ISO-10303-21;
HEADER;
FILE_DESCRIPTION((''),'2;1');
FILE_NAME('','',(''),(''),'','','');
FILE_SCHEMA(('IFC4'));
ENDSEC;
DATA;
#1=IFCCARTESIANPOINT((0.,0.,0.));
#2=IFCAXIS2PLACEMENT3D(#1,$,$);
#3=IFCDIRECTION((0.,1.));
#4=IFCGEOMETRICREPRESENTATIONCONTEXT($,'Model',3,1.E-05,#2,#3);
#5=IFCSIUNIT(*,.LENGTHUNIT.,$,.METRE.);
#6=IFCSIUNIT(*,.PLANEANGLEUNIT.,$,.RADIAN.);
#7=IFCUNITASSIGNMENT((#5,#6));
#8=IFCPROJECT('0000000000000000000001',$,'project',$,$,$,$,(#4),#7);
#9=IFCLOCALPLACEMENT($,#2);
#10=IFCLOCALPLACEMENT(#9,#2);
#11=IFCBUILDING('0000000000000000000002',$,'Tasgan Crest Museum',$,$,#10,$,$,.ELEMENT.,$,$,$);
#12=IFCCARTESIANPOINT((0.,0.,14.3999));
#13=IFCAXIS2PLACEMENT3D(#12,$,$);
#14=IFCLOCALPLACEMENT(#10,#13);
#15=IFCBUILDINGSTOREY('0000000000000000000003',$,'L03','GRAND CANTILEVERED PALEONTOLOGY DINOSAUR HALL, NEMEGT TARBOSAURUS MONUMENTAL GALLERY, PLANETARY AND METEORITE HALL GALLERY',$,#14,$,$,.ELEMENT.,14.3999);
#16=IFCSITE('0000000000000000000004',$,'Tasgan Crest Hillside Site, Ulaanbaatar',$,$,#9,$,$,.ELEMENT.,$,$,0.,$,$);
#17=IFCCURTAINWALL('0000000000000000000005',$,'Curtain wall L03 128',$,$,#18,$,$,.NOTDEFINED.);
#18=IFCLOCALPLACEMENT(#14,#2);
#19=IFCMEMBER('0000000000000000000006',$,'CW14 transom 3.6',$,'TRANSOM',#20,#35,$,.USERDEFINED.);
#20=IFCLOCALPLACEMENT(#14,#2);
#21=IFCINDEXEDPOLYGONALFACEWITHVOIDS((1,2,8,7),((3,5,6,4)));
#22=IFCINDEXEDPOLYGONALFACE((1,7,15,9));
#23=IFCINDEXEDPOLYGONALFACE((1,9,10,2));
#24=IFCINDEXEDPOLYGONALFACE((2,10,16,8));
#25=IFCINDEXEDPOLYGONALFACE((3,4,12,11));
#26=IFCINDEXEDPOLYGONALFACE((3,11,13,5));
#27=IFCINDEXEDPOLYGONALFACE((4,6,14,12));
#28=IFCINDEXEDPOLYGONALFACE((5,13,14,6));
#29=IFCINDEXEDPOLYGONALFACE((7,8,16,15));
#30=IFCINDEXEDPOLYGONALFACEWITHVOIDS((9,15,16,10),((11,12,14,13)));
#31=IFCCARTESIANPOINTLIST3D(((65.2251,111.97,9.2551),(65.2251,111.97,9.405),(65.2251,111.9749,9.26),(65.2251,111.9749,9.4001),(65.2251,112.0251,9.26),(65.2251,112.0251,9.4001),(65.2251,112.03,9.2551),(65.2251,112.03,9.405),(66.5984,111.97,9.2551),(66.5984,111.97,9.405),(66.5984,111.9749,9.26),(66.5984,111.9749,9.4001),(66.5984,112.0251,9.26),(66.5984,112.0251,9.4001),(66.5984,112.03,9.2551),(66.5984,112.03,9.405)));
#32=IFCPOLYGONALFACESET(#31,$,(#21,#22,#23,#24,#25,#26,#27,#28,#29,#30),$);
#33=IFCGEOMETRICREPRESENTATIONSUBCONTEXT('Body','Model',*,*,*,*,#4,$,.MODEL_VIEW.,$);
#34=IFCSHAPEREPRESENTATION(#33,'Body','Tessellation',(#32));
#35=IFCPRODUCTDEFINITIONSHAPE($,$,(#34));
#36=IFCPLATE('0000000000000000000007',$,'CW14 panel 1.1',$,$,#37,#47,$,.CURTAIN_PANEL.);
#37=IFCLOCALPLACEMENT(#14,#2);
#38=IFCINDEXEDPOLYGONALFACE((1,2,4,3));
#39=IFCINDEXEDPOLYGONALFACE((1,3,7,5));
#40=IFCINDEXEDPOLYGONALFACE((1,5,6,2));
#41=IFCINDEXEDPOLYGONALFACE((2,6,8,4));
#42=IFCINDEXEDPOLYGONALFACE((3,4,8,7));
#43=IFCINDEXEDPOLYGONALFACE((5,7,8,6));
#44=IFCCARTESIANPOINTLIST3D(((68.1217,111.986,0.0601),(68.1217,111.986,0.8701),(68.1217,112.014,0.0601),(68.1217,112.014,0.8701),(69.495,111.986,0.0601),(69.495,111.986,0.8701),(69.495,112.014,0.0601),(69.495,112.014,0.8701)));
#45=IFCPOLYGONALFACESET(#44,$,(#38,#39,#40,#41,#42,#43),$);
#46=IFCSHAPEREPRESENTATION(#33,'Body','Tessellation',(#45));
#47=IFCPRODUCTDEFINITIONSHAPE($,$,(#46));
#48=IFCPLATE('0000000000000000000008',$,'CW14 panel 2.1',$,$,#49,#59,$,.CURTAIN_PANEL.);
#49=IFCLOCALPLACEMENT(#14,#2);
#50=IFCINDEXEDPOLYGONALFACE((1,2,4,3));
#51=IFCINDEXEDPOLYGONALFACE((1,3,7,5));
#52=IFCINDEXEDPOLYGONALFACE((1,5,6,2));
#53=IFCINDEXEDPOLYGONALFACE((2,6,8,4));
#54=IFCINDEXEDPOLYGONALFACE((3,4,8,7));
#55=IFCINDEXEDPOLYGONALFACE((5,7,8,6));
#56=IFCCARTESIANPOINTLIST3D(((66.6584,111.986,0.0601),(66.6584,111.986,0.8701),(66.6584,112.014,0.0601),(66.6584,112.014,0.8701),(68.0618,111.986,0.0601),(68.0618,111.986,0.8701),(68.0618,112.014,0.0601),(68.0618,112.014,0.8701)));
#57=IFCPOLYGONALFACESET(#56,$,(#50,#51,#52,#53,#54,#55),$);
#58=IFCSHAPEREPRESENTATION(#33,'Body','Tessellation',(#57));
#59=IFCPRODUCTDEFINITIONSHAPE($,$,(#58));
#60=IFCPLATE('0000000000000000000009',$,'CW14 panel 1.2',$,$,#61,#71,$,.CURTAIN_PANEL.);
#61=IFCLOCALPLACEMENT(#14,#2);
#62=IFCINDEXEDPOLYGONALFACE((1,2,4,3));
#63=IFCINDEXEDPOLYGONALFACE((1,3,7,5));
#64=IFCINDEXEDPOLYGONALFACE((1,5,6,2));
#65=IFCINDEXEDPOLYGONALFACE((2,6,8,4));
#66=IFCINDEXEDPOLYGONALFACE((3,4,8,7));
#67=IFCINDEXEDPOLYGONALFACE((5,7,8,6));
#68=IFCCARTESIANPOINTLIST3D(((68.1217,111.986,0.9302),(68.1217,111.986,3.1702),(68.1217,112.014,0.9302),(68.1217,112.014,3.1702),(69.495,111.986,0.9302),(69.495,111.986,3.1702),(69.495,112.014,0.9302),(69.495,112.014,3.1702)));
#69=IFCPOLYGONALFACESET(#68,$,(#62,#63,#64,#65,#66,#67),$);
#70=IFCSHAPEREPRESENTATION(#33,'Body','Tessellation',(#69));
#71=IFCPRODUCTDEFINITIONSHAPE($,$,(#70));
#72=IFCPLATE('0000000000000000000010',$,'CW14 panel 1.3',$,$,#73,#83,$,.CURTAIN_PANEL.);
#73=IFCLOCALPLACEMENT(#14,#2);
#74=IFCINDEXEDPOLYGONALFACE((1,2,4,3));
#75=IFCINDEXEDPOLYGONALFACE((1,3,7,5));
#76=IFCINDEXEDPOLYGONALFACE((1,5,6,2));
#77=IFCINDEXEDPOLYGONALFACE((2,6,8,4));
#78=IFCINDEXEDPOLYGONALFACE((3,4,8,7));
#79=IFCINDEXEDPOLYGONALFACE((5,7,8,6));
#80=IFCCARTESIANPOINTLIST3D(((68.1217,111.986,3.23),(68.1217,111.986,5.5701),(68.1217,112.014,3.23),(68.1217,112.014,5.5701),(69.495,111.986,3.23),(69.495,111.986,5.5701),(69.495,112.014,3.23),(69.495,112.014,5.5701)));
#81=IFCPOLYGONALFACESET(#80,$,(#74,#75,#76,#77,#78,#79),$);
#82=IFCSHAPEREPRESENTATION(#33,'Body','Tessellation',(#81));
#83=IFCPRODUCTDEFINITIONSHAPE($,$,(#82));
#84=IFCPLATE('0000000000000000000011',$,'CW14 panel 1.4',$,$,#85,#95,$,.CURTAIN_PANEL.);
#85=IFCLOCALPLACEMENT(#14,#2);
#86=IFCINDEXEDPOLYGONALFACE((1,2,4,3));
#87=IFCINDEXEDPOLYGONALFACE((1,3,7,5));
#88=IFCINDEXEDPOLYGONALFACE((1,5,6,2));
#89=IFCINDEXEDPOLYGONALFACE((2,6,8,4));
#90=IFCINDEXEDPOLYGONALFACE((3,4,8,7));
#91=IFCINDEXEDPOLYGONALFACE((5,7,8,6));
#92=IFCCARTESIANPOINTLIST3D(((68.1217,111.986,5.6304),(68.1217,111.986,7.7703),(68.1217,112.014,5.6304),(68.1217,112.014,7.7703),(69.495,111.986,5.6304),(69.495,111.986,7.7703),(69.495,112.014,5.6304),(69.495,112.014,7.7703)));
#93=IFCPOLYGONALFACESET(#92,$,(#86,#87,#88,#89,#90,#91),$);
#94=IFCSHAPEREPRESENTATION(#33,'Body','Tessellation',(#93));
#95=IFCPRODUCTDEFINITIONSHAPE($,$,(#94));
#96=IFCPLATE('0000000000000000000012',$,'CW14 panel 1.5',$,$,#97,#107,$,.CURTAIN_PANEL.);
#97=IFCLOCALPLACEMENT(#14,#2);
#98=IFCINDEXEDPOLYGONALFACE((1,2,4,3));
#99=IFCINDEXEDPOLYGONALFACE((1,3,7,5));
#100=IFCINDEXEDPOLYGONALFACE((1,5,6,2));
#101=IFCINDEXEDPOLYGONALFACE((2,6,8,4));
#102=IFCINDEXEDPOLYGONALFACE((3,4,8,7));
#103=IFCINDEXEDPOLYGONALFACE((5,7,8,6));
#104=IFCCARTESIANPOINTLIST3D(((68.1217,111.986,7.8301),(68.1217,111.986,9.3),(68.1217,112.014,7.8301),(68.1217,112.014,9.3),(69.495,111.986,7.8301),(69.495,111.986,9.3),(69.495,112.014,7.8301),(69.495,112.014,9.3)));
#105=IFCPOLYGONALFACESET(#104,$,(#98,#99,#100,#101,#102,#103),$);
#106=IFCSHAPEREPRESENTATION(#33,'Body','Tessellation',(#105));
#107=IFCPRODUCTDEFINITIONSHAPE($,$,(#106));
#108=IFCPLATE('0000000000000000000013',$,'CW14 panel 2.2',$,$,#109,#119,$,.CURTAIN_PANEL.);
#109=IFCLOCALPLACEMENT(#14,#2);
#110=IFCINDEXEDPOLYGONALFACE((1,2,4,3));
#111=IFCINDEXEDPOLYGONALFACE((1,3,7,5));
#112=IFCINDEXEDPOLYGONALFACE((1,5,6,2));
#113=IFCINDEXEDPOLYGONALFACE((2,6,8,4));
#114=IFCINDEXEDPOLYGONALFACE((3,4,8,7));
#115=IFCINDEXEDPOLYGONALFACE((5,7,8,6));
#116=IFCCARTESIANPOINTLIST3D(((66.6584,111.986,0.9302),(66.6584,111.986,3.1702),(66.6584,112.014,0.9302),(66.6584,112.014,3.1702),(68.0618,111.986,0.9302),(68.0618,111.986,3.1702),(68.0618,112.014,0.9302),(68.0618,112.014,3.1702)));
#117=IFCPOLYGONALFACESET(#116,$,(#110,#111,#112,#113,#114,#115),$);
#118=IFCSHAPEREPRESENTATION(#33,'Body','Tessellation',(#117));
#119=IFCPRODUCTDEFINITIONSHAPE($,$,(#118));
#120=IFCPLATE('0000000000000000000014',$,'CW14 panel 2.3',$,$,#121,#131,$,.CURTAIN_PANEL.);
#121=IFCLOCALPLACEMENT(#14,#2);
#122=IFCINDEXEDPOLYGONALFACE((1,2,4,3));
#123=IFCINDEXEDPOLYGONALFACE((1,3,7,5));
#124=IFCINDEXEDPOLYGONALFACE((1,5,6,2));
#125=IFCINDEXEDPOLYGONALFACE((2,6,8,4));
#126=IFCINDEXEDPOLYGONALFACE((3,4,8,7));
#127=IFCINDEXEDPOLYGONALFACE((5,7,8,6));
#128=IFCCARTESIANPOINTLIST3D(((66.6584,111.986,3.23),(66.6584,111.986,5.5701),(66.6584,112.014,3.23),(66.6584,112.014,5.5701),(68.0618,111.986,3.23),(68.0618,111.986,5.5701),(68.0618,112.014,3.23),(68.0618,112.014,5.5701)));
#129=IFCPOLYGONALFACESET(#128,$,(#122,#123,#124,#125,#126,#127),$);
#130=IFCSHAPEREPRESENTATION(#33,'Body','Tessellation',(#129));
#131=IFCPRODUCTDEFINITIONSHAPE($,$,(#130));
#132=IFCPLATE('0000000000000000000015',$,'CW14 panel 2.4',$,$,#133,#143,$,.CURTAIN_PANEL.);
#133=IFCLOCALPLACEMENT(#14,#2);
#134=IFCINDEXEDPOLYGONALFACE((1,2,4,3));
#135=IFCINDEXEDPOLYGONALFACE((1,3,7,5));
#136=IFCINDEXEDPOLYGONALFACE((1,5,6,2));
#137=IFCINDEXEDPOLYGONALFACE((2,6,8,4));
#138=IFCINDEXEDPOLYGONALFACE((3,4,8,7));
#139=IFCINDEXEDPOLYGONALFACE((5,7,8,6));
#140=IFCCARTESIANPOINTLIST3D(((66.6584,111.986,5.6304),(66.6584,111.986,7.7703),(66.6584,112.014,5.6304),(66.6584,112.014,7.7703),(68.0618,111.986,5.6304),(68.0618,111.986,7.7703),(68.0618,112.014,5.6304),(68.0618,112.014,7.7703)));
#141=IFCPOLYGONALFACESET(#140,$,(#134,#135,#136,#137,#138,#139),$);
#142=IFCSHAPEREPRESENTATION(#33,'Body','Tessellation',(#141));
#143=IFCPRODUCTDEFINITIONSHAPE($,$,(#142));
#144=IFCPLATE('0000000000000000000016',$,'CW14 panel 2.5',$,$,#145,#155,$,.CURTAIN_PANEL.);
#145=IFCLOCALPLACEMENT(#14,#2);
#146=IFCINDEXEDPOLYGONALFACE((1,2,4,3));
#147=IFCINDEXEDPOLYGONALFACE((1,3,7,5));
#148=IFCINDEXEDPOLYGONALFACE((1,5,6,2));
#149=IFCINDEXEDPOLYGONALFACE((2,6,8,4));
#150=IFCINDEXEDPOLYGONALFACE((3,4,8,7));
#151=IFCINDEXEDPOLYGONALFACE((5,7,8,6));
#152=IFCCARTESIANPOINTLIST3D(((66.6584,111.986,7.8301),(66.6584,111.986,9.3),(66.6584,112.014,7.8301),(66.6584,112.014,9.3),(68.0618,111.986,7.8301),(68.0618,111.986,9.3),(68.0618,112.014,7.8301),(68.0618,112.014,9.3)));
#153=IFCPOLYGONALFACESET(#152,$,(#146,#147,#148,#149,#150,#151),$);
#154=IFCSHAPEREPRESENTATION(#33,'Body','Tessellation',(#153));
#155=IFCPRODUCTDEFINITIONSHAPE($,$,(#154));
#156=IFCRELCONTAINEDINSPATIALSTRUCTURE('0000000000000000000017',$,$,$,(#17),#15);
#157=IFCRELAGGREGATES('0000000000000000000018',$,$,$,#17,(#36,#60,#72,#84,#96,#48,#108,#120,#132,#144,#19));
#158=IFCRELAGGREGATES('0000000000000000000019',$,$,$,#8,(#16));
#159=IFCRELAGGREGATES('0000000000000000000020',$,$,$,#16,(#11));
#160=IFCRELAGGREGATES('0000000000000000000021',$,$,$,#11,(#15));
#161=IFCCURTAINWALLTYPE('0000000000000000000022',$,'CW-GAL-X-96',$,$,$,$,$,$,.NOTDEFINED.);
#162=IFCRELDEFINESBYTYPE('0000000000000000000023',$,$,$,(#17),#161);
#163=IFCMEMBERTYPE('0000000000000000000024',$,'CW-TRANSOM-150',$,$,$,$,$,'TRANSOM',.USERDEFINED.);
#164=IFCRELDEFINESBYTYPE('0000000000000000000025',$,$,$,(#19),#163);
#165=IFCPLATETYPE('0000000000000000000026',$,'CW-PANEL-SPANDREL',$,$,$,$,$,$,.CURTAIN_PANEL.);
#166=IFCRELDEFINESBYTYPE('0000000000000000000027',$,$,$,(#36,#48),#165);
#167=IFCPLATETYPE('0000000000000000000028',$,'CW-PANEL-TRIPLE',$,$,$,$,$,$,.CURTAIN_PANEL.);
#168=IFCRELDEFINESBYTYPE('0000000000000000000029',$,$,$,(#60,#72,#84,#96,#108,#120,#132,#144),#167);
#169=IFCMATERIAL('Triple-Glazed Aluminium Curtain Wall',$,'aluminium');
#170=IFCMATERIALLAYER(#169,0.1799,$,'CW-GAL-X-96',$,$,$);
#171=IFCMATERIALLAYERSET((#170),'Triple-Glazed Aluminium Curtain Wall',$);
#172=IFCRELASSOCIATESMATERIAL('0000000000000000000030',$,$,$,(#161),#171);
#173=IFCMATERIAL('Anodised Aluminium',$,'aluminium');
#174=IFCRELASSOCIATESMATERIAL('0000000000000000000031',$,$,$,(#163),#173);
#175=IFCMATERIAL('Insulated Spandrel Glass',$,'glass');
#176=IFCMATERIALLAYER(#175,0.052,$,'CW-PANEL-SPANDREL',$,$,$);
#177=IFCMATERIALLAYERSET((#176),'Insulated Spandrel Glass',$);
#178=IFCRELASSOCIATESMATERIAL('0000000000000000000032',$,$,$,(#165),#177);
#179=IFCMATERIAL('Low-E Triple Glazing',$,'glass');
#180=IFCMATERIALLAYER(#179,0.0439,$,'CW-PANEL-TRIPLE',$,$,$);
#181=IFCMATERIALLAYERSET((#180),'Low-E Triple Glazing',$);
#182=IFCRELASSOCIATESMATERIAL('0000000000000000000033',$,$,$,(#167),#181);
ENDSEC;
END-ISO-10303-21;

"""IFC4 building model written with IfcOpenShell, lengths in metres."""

from ifc_helpers import new_model, si_unit, direction, frame, origin, origin_2d, place, context, subcontext, project, spatial, rectangle, hollow_rectangle, extrude, material, layer, layer_set, material_profile, profile_set, type_object, element, aggregate, save


model = new_model("IFC4")

# Units and contexts
model_context = context("Model", 3, precision=1e-05, world=origin(), true_north=direction((0.0, 1.0)))
body_context = subcontext(model_context, "Body", "Model", "MODEL_VIEW")
ifc_project = project(units=[si_unit("LENGTHUNIT", "METRE"), si_unit("PLANEANGLEUNIT", "RADIAN")], contexts=[model_context])

# Site, building, storey
site_placement = place(None, origin())
site = spatial("IfcSite", under=ifc_project, at=site_placement, Name="Tasgan Crest Hillside Site, Ulaanbaatar", CompositionType="ELEMENT", RefElevation=0.0)
building_placement = place(site_placement, origin())
building = spatial("IfcBuilding", under=site, at=building_placement, Name="Tasgan Crest Museum", CompositionType="ELEMENT")
storey_placement = place(building_placement, frame((0.0, 0.0, 14.3999)))
storey = spatial("IfcBuildingStorey", under=building, at=storey_placement, Name="L03", Description="GRAND CANTILEVERED PALEONTOLOGY DINOSAUR HALL, NEMEGT TARBOSAURUS MONUMENTAL GALLERY, PLANETARY AND METEORITE HALL GALLERY", CompositionType="ELEMENT", Elevation=14.3999)

# Curtain wall, member, plates
ifc_material_1 = material(Name="Triple-Glazed Aluminium Curtain Wall", Category="aluminium")
ifc_layer_1 = layer(ifc_material_1, 0.1799, Name="CW-GAL-X-96")
ifc_layer_set_1 = layer_set([ifc_layer_1], Name="Triple-Glazed Aluminium Curtain Wall")
curtain_wall_type = type_object("IfcCurtainWallType", Name="CW-GAL-X-96", PredefinedType="NOTDEFINED", material=ifc_layer_set_1)
curtain_wall_placement = place(storey_placement, origin())
curtain_wall = element("IfcCurtainWall", 1, at=curtain_wall_placement, inside=storey, type_object=curtain_wall_type, Name="Curtain wall L03 128", PredefinedType="NOTDEFINED")
ifc_material_2 = material(Name="Anodised Aluminium", Category="aluminium")
ifc_material_profile_1 = material_profile(ifc_material_2, hollow_rectangle(XDim=0.0601, YDim=0.1499, WallThickness=0.0049, at=origin_2d()), Name="ALU TRANSOM 150x60x5")
ifc_profile_set_1 = profile_set([ifc_material_profile_1], Name="Anodised Aluminium")
member_type_1 = type_object("IfcMemberType", Name="CW-TRANSOM-150", ElementType="TRANSOM", PredefinedType="USERDEFINED", material=ifc_profile_set_1)
member_1_placement = place(storey_placement, frame((66.5984, 112.0, 9.3301), z_axis=(-1.0, 0.0, 0.0), x_axis=(0.0, -1.0, 0.0)))
member_1 = element("IfcMember", 2, at=member_1_placement, type_object=member_type_1, Name="CW14 transom 3.6", ObjectType="TRANSOM", PredefinedType="USERDEFINED", context=body_context, shape_type="SweptSolid", body=[
    extrude(hollow_rectangle(XDim=0.0601, YDim=0.1499, WallThickness=0.0049, at=origin_2d()), origin(), (0.0, 0.0, 1.0), 1.3733),
])
ifc_material_3 = material(Name="Insulated Spandrel Glass", Category="glass")
ifc_layer_2 = layer(ifc_material_3, 0.052, Name="CW-PANEL-SPANDREL")
ifc_layer_set_2 = layer_set([ifc_layer_2], Name="Insulated Spandrel Glass")
plate_type_1 = type_object("IfcPlateType", Name="CW-PANEL-SPANDREL", PredefinedType="CURTAIN_PANEL", material=ifc_layer_set_2)
plate_1_placement = place(storey_placement, frame((68.8083, 112.0, 0.0601), z_axis=(0.0, 0.0, 1.0), x_axis=(-1.0, 0.0, 0.0)))
plate_1 = element("IfcPlate", 3, at=plate_1_placement, type_object=plate_type_1, Name="CW14 panel 1.1", PredefinedType="CURTAIN_PANEL", context=body_context, shape_type="SweptSolid", body=[
    extrude(rectangle(XDim=1.3733, YDim=0.0281, at=origin_2d()), origin(), (0.0, 0.0, 1.0), 0.8101),
])
plate_2_placement = place(storey_placement, frame((67.3601, 112.0, 0.0601), z_axis=(0.0, 0.0, 1.0), x_axis=(-1.0, 0.0, 0.0)))
plate_2 = element("IfcPlate", 4, at=plate_2_placement, type_object=plate_type_1, Name="CW14 panel 2.1", PredefinedType="CURTAIN_PANEL", context=body_context, shape_type="SweptSolid", body=[
    extrude(rectangle(XDim=1.4033, YDim=0.0281, at=origin_2d()), origin(), (0.0, 0.0, 1.0), 0.8101),
])
ifc_material_4 = material(Name="Low-E Triple Glazing", Category="glass")
ifc_layer_3 = layer(ifc_material_4, 0.0439, Name="CW-PANEL-TRIPLE")
ifc_layer_set_3 = layer_set([ifc_layer_3], Name="Low-E Triple Glazing")
plate_type_2 = type_object("IfcPlateType", Name="CW-PANEL-TRIPLE", PredefinedType="CURTAIN_PANEL", material=ifc_layer_set_3)
plate_3_placement = place(storey_placement, frame((68.8083, 112.0, 0.9302), z_axis=(0.0, 0.0, 1.0), x_axis=(-1.0, 0.0, 0.0)))
plate_3 = element("IfcPlate", 5, at=plate_3_placement, type_object=plate_type_2, Name="CW14 panel 1.2", PredefinedType="CURTAIN_PANEL", context=body_context, shape_type="SweptSolid", body=[
    extrude(rectangle(XDim=1.3733, YDim=0.0281, at=origin_2d()), origin(), (0.0, 0.0, 1.0), 2.24),
])
plate_4_placement = place(storey_placement, frame((68.8083, 112.0, 3.23), z_axis=(0.0, 0.0, 1.0), x_axis=(-1.0, 0.0, 0.0)))
plate_4 = element("IfcPlate", 6, at=plate_4_placement, type_object=plate_type_2, Name="CW14 panel 1.3", PredefinedType="CURTAIN_PANEL", context=body_context, shape_type="SweptSolid", body=[
    extrude(rectangle(XDim=1.3733, YDim=0.0281, at=origin_2d()), origin(), (0.0, 0.0, 1.0), 2.3401),
])
plate_5_placement = place(storey_placement, frame((68.8083, 112.0, 5.6304), z_axis=(0.0, 0.0, 1.0), x_axis=(-1.0, 0.0, 0.0)))
plate_5 = element("IfcPlate", 7, at=plate_5_placement, type_object=plate_type_2, Name="CW14 panel 1.4", PredefinedType="CURTAIN_PANEL", context=body_context, shape_type="SweptSolid", body=[
    extrude(rectangle(XDim=1.3733, YDim=0.0281, at=origin_2d()), origin(), (0.0, 0.0, 1.0), 2.1399),
])
plate_6_placement = place(storey_placement, frame((68.8083, 112.0, 7.8301), z_axis=(0.0, 0.0, 1.0), x_axis=(-1.0, 0.0, 0.0)))
plate_6 = element("IfcPlate", 8, at=plate_6_placement, type_object=plate_type_2, Name="CW14 panel 1.5", PredefinedType="CURTAIN_PANEL", context=body_context, shape_type="SweptSolid", body=[
    extrude(rectangle(XDim=1.3733, YDim=0.0281, at=origin_2d()), origin(), (0.0, 0.0, 1.0), 1.47),
])
plate_7_placement = place(storey_placement, frame((67.3601, 112.0, 0.9302), z_axis=(0.0, 0.0, 1.0), x_axis=(-1.0, 0.0, 0.0)))
plate_7 = element("IfcPlate", 9, at=plate_7_placement, type_object=plate_type_2, Name="CW14 panel 2.2", PredefinedType="CURTAIN_PANEL", context=body_context, shape_type="SweptSolid", body=[
    extrude(rectangle(XDim=1.4033, YDim=0.0281, at=origin_2d()), origin(), (0.0, 0.0, 1.0), 2.24),
])
plate_8_placement = place(storey_placement, frame((67.3601, 112.0, 3.23), z_axis=(0.0, 0.0, 1.0), x_axis=(-1.0, 0.0, 0.0)))
plate_8 = element("IfcPlate", 10, at=plate_8_placement, type_object=plate_type_2, Name="CW14 panel 2.3", PredefinedType="CURTAIN_PANEL", context=body_context, shape_type="SweptSolid", body=[
    extrude(rectangle(XDim=1.4033, YDim=0.0281, at=origin_2d()), origin(), (0.0, 0.0, 1.0), 2.3401),
])
plate_9_placement = place(storey_placement, frame((67.3601, 112.0, 5.6304), z_axis=(0.0, 0.0, 1.0), x_axis=(-1.0, 0.0, 0.0)))
plate_9 = element("IfcPlate", 11, at=plate_9_placement, type_object=plate_type_2, Name="CW14 panel 2.4", PredefinedType="CURTAIN_PANEL", context=body_context, shape_type="SweptSolid", body=[
    extrude(rectangle(XDim=1.4033, YDim=0.0281, at=origin_2d()), origin(), (0.0, 0.0, 1.0), 2.1399),
])
plate_10_placement = place(storey_placement, frame((67.3601, 112.0, 7.8301), z_axis=(0.0, 0.0, 1.0), x_axis=(-1.0, 0.0, 0.0)))
plate_10 = element("IfcPlate", 12, at=plate_10_placement, type_object=plate_type_2, Name="CW14 panel 2.5", PredefinedType="CURTAIN_PANEL", context=body_context, shape_type="SweptSolid", body=[
    extrude(rectangle(XDim=1.4033, YDim=0.0281, at=origin_2d()), origin(), (0.0, 0.0, 1.0), 1.47),
])
aggregate(curtain_wall, [plate_1, plate_3, plate_4, plate_5, plate_6, plate_2, plate_7, plate_8, plate_9, plate_10, member_1])

save(model, "model.ifc")
